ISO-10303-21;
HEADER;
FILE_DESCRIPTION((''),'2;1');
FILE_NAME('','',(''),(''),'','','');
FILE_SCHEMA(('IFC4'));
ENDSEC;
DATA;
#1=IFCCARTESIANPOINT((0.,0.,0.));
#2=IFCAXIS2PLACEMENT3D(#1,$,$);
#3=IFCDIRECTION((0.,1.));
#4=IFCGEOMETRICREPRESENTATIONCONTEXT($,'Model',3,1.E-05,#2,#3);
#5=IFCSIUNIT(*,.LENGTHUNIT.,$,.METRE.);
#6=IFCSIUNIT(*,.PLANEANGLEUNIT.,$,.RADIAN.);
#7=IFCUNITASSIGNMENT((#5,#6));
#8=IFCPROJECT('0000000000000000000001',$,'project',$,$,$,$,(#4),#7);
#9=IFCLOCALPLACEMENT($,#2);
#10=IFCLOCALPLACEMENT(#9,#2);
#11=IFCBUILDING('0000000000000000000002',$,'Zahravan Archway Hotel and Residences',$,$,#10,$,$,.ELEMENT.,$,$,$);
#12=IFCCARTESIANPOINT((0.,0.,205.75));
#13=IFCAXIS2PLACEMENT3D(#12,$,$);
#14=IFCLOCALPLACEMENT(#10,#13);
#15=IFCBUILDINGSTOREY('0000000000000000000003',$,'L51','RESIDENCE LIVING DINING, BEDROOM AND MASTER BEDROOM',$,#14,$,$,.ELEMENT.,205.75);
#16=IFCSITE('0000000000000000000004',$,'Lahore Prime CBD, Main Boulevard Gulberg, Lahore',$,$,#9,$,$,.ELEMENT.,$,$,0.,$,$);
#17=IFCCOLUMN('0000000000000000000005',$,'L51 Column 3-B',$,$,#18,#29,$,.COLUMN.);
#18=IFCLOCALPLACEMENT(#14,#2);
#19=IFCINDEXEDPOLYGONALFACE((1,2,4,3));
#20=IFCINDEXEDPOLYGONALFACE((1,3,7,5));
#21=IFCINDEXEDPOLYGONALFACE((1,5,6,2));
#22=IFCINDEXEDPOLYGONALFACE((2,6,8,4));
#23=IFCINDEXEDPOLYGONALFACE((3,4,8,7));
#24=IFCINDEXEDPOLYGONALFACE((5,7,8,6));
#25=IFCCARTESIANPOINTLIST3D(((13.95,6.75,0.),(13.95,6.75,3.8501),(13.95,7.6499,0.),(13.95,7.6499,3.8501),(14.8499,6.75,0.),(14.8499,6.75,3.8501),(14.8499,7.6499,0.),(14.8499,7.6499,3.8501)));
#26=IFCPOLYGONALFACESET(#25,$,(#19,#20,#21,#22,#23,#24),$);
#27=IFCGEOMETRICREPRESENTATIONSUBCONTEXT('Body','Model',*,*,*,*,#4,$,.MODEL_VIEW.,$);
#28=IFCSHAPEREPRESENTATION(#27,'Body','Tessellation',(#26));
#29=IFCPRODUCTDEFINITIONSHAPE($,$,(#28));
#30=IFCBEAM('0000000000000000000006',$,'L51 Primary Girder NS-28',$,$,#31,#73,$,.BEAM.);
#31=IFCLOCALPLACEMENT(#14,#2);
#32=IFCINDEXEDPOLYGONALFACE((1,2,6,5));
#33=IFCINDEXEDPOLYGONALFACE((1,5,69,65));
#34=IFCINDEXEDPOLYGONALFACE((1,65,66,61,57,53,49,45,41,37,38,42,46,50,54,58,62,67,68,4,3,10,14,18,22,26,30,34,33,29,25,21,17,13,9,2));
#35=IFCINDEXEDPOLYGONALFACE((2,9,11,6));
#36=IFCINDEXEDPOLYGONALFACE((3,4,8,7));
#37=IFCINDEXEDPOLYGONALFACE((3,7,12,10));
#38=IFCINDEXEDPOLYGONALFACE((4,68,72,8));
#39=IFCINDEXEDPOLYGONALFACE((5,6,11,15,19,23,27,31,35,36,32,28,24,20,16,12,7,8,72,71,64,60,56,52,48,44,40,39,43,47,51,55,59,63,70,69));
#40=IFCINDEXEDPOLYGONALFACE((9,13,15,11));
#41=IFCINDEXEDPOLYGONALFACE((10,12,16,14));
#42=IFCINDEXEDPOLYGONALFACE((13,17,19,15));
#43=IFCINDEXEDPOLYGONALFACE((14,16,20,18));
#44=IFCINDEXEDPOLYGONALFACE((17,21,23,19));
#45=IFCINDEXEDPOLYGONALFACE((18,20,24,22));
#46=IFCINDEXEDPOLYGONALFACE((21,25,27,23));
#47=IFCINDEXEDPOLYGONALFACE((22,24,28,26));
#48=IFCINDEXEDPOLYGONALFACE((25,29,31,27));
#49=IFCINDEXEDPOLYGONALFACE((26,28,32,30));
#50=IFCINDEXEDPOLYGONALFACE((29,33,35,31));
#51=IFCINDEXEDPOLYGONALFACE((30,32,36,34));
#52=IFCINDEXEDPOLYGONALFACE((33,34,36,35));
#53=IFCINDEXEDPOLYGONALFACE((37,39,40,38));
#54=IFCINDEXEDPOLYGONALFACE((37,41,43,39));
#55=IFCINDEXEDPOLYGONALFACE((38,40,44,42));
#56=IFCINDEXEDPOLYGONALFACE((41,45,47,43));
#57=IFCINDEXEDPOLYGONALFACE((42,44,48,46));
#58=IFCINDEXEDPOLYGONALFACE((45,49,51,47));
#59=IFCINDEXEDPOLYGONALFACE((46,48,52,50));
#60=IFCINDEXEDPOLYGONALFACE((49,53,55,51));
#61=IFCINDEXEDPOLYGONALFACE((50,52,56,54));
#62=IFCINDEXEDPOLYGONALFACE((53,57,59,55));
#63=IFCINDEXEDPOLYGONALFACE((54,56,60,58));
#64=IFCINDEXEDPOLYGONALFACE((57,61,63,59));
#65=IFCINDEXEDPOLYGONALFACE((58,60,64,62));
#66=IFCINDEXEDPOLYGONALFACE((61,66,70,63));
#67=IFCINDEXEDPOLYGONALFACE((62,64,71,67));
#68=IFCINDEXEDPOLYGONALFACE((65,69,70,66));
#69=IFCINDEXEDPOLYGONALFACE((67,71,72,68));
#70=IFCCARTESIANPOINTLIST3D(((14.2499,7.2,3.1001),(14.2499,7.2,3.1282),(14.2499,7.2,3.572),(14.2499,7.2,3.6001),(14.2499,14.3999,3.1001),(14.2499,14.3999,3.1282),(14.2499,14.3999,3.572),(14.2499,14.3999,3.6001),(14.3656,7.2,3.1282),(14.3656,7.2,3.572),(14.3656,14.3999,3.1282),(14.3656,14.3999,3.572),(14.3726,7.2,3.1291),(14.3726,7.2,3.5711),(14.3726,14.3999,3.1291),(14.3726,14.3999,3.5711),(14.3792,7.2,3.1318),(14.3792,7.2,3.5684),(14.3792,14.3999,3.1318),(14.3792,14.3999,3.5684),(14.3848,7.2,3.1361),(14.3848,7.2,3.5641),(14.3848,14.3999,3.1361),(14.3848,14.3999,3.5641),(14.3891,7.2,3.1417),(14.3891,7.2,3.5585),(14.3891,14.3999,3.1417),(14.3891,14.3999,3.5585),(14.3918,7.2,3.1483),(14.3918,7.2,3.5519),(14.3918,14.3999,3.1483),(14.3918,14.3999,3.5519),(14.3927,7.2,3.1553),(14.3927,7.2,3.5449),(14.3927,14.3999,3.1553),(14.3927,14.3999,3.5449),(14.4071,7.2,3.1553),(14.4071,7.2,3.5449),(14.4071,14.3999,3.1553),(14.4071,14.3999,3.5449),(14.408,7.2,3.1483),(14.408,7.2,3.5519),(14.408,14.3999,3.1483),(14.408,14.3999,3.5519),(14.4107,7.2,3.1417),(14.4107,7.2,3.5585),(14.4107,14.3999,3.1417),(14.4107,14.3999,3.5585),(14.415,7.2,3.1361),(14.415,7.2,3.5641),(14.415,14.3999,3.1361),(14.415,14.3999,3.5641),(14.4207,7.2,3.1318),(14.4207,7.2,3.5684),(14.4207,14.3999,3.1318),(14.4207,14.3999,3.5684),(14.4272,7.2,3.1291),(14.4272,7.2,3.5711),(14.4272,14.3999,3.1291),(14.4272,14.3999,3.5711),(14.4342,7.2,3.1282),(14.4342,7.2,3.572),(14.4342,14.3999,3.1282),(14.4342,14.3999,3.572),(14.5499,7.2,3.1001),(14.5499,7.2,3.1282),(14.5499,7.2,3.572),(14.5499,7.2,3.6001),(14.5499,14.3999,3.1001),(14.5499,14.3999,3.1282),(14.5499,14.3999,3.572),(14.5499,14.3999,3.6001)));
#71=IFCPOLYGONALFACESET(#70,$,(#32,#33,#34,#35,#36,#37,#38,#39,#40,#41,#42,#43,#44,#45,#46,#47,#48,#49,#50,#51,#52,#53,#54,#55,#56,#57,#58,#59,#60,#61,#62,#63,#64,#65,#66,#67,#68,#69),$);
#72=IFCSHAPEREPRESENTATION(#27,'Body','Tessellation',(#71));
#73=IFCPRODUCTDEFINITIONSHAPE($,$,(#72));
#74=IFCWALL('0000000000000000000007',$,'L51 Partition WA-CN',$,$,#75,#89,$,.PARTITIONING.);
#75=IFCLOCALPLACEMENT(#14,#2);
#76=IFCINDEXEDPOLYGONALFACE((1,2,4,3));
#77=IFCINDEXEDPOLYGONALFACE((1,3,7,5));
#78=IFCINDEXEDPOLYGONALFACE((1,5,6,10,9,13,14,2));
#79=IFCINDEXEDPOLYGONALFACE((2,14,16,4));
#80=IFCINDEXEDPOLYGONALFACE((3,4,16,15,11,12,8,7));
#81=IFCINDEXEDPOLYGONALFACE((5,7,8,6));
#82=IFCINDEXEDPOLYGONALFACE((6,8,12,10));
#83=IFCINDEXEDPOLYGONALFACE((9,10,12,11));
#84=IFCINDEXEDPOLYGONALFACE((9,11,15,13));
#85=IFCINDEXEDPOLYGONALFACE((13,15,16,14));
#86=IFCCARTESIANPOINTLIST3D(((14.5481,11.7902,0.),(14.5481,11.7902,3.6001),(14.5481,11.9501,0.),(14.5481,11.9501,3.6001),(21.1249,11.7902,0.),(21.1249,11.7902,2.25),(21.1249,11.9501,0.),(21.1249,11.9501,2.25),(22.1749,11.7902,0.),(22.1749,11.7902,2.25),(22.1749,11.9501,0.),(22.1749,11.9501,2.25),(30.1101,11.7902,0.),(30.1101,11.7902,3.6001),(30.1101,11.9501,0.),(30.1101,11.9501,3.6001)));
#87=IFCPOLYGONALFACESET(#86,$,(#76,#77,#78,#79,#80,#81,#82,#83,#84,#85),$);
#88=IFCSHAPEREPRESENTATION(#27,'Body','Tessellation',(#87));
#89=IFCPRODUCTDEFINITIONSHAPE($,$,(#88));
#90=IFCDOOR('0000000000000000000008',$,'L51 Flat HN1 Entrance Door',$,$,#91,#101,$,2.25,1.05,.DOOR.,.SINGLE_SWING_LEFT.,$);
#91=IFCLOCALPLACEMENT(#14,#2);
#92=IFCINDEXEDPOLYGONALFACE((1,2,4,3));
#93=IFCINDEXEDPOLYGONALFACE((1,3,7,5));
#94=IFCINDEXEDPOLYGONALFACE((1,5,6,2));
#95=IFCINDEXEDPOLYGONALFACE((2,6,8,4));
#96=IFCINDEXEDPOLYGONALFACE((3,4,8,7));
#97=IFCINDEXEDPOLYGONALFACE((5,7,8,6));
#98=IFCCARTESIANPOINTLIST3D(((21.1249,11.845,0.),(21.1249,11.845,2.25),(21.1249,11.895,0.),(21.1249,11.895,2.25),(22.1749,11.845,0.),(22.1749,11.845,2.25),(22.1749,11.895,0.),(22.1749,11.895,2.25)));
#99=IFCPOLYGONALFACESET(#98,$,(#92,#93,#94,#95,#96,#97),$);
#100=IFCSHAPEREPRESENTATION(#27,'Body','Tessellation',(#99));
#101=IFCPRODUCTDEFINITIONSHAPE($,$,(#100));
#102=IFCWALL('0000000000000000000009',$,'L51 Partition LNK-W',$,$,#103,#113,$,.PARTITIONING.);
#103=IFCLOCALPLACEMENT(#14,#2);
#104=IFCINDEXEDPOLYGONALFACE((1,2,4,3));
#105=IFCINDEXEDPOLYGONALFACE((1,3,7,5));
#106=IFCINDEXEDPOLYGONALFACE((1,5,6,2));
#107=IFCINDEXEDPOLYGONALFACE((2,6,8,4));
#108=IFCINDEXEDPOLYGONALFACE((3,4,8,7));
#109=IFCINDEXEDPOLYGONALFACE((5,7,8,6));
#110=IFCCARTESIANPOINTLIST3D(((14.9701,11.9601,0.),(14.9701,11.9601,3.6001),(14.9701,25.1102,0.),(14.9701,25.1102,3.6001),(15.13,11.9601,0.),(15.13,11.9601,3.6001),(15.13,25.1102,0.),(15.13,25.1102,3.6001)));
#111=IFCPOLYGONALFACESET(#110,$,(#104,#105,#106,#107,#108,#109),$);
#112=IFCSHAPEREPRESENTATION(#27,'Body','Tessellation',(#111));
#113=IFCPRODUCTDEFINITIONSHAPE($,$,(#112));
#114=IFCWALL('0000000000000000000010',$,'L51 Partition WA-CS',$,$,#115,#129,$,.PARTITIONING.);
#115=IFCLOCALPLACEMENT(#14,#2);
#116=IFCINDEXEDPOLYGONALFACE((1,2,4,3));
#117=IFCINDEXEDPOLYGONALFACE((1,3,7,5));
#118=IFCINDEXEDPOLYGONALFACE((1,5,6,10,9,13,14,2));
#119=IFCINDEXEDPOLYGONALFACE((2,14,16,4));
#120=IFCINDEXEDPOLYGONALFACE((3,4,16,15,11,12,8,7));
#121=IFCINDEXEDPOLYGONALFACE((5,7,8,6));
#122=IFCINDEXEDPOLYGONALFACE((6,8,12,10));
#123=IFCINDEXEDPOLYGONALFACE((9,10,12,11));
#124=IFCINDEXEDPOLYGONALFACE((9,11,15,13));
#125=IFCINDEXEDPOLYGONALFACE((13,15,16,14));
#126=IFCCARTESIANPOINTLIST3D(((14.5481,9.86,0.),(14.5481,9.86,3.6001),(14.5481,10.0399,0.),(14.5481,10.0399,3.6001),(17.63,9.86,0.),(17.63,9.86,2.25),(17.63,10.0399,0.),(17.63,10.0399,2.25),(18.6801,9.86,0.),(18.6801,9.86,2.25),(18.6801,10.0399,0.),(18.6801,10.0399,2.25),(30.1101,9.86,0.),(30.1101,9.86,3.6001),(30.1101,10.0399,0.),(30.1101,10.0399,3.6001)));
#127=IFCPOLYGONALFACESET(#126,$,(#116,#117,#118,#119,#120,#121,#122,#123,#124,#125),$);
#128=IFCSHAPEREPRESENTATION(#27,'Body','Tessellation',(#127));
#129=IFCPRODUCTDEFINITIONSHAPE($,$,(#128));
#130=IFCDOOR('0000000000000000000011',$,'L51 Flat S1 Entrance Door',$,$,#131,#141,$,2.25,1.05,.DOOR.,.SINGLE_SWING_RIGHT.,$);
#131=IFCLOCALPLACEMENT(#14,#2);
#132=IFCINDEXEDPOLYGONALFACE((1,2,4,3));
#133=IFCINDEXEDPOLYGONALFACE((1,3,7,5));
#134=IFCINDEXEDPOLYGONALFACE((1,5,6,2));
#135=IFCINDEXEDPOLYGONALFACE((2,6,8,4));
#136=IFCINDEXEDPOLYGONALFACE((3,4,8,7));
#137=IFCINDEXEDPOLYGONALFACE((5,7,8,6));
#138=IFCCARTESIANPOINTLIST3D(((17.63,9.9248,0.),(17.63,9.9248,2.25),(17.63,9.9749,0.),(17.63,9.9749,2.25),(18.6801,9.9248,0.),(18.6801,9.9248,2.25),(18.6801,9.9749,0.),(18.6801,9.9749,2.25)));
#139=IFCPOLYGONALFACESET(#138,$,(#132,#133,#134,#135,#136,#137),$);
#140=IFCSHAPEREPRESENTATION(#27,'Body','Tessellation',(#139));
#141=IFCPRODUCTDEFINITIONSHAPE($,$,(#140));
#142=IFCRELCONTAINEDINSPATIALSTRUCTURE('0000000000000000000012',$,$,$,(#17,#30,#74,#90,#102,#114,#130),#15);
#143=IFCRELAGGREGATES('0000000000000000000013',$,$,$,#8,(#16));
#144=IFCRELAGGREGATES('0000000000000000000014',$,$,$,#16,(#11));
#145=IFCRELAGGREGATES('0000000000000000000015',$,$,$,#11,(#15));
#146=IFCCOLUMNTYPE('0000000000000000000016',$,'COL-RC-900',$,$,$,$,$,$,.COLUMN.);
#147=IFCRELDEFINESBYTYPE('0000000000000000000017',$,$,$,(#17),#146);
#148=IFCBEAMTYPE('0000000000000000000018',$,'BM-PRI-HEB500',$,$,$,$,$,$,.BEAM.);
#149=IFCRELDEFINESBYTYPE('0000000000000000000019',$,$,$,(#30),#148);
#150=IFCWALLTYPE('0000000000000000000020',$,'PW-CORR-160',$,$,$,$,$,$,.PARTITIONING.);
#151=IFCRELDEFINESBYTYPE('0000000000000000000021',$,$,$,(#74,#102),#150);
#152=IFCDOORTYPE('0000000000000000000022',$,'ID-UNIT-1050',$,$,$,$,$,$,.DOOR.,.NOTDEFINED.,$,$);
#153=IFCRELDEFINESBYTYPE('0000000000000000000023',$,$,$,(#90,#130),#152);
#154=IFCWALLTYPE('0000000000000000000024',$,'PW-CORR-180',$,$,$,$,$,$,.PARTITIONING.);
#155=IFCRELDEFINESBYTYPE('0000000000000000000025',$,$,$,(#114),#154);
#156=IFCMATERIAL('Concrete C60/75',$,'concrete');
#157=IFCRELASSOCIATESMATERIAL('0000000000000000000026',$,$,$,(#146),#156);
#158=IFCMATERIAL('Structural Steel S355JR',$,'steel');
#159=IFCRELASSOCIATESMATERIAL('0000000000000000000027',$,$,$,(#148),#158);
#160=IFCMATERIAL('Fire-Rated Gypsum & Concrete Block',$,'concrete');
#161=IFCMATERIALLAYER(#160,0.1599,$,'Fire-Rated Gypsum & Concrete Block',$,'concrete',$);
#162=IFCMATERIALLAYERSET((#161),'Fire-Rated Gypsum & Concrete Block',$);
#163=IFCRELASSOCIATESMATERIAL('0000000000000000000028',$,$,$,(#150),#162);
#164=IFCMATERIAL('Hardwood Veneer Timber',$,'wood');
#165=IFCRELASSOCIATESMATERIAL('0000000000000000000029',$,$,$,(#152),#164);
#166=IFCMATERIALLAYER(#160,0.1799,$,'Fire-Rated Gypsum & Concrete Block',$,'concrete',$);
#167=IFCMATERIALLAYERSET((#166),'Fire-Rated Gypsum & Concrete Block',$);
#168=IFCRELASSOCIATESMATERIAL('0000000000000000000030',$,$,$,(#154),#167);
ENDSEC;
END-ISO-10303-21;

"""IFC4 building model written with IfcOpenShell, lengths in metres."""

from ifc_helpers import new_model, si_unit, direction, frame, frame_2d, origin, origin_2d, place, context, subcontext, project, spatial, rectangle, i_section, extrude, source, transform, mapped, material, layer, layer_set, material_profile, profile_set, type_object, type_shapes, element, fill, save


model = new_model("IFC4")

# Units and contexts
model_context = context("Model", 3, precision=1e-05, world=origin(), true_north=direction((0.0, 1.0)))
body_context = subcontext(model_context, "Body", "Model", "MODEL_VIEW")
ifc_project = project(units=[si_unit("LENGTHUNIT", "METRE"), si_unit("PLANEANGLEUNIT", "RADIAN")], contexts=[model_context])

# Site, building, storey
site_placement = place(None, origin())
site = spatial("IfcSite", under=ifc_project, at=site_placement, Name="Lahore Prime CBD, Main Boulevard Gulberg, Lahore", CompositionType="ELEMENT", RefElevation=0.0)
building_placement = place(site_placement, origin())
building = spatial("IfcBuilding", under=site, at=building_placement, Name="Zahravan Archway Hotel and Residences", CompositionType="ELEMENT")
storey_placement = place(building_placement, frame((0.0, 0.0, 205.75)))
storey = spatial("IfcBuildingStorey", under=building, at=storey_placement, Name="L51", Description="RESIDENCE LIVING DINING, BEDROOM AND MASTER BEDROOM", CompositionType="ELEMENT", Elevation=205.75)

# Column
ifc_material_1 = material(Name="Concrete C60/75", Category="concrete")
ifc_material_profile_1 = material_profile(ifc_material_1, rectangle(XDim=0.8999, YDim=0.8999, at=origin_2d()), Name="RC-COL-900x900", Category="concrete")
ifc_profile_set_1 = profile_set([ifc_material_profile_1], Name="Concrete C60/75")
column_type = type_object("IfcColumnType", Name="COL-RC-900", PredefinedType="COLUMN", material=ifc_profile_set_1)
shared_shape_1 = source(origin(), body_context, "Body", "SweptSolid", [
    extrude(rectangle(XDim=0.8999, YDim=0.8999, at=origin_2d()), origin(), (0.0, 0.0, 1.0), 3.8501),
])
type_shapes(column_type, [shared_shape_1])
column_placement = place(storey_placement, frame((14.3999, 7.2, 0.0), z_axis=(0.0, 0.0, 1.0), x_axis=(1.0, 0.0, 0.0)))
element("IfcColumn", 1, at=column_placement, inside=storey, type_object=column_type, Name="L51 Column 3-B", PredefinedType="COLUMN", context=body_context, shape_type="MappedRepresentation", body=[
    mapped(shared_shape_1, transform((0.0, 0.0, 0.0), scale=1.0)),
])

# Beam
ifc_material_2 = material(Name="Structural Steel S355JR", Category="steel")
ifc_material_profile_2 = material_profile(ifc_material_2, i_section(OverallWidth=0.3, OverallDepth=0.5, WebThickness=0.0144, FlangeThickness=0.0281, FilletRadius=0.0271, at=origin_2d()), Name="HEB 500", Category="steel")
ifc_profile_set_2 = profile_set([ifc_material_profile_2], Name="Structural Steel S355JR")
beam_type = type_object("IfcBeamType", Name="BM-PRI-HEB500", PredefinedType="BEAM", material=ifc_profile_set_2)
shared_shape_2 = source(origin(), body_context, "Body", "SweptSolid", [
    extrude(i_section(OverallWidth=0.3, OverallDepth=0.5, WebThickness=0.0144, FlangeThickness=0.0281, FilletRadius=0.0271, at=origin_2d()), origin(), (0.0, 0.0, 1.0), 7.2),
])
beam_placement = place(storey_placement, frame((14.3999, 7.2, 3.3501), z_axis=(0.0, 1.0, 0.0), x_axis=(-1.0, 0.0, 0.0)))
element("IfcBeam", 2, at=beam_placement, inside=storey, type_object=beam_type, Name="L51 Primary Girder NS-28", PredefinedType="BEAM", context=body_context, shape_type="MappedRepresentation", body=[
    mapped(shared_shape_2, transform((0.0, 0.0, 0.0), scale=1.0)),
])

# Wall, opening, door
ifc_material_3 = material(Name="Fire-Rated Gypsum & Concrete Block", Category="concrete")
ifc_layer_1 = layer(ifc_material_3, 0.1599, Name="Fire-Rated Gypsum & Concrete Block", Category="concrete")
ifc_layer_set_1 = layer_set([ifc_layer_1], Name="Fire-Rated Gypsum & Concrete Block")
wall_type_1 = type_object("IfcWallType", Name="PW-CORR-160", PredefinedType="PARTITIONING", material=ifc_layer_set_1)
wall_1_placement = place(storey_placement, frame((14.5481, 11.8701, 0.0), z_axis=(0.0, 0.0, 1.0), x_axis=(1.0, 0.0, 0.0)))
wall_1 = element("IfcWall", 3, at=wall_1_placement, inside=storey, type_object=wall_type_1, Name="L51 Partition WA-CN", PredefinedType="PARTITIONING", context=body_context, shape_type="SweptSolid", body=[
    extrude(rectangle(XDim=15.562, YDim=0.1599, at=frame_2d((7.781, 0.0))), origin(), (0.0, 0.0, 1.0), 3.6001),
])
opening_1_placement = place(wall_1_placement, frame((6.5769, 0.0, 0.0)))
opening_1 = element("IfcOpeningElement", 4, at=opening_1_placement, cuts=wall_1, PredefinedType="OPENING", context=body_context, shape_type="SweptSolid", body=[
    extrude(rectangle(XDim=1.05, YDim=2.25, at=frame_2d((0.5249, 1.125))), frame((0.0, 0.0898, 0.0), z_axis=(0.0, -1.0, 0.0), x_axis=(1.0, 0.0, 0.0)), (0.0, 0.0, 1.0), 0.1799),
])
ifc_material_4 = material(Name="Hardwood Veneer Timber", Category="wood")
door_type_1 = type_object("IfcDoorType", Name="ID-UNIT-1050", OperationType="NOTDEFINED", PredefinedType="DOOR", material=ifc_material_4)
shared_shape_3 = source(origin(), body_context, "Body", "SweptSolid", [
    extrude(rectangle(XDim=1.05, YDim=2.25, at=frame_2d((0.5249, 1.125))), frame((0.0, 0.0249, 0.0), z_axis=(0.0, -1.0, 0.0), x_axis=(1.0, 0.0, 0.0)), (0.0, 0.0, 1.0), 0.05),
])
type_shapes(door_type_1, [shared_shape_3])
door_1_placement = place(opening_1_placement, origin())
door_1 = element("IfcDoor", 5, at=door_1_placement, inside=storey, type_object=door_type_1, Name="L51 Flat HN1 Entrance Door", OperationType="SINGLE_SWING_LEFT", OverallHeight=2.25, OverallWidth=1.05, PredefinedType="DOOR", context=body_context, shape_type="MappedRepresentation", body=[
    mapped(shared_shape_3, transform((0.0, 0.0, 0.0), scale=1.0)),
])
fill(opening_1, door_1)

# Wall
wall_2_placement = place(storey_placement, frame((15.05, 11.96, 0.0), z_axis=(0.0, 0.0, 1.0), x_axis=(0.0, 1.0, 0.0)))
element("IfcWall", 6, at=wall_2_placement, inside=storey, type_object=wall_type_1, Name="L51 Partition LNK-W", PredefinedType="PARTITIONING", context=body_context, shape_type="SweptSolid", body=[
    extrude(rectangle(XDim=13.1501, YDim=0.1599, at=frame_2d((6.5752, 0.0))), origin(), (0.0, 0.0, 1.0), 3.6001),
])

# Wall, opening, door
ifc_layer_2 = layer(ifc_material_3, 0.1799, Name="Fire-Rated Gypsum & Concrete Block", Category="concrete")
ifc_layer_set_2 = layer_set([ifc_layer_2], Name="Fire-Rated Gypsum & Concrete Block")
wall_type_2 = type_object("IfcWallType", Name="PW-CORR-180", PredefinedType="PARTITIONING", material=ifc_layer_set_2)
wall_3_placement = place(storey_placement, frame((14.5481, 9.95, 0.0), z_axis=(0.0, 0.0, 1.0), x_axis=(1.0, 0.0, 0.0)))
wall_3 = element("IfcWall", 7, at=wall_3_placement, inside=storey, type_object=wall_type_2, Name="L51 Partition WA-CS", PredefinedType="PARTITIONING", context=body_context, shape_type="SweptSolid", body=[
    extrude(rectangle(XDim=15.562, YDim=0.1799, at=frame_2d((7.781, 0.0))), origin(), (0.0, 0.0, 1.0), 3.6001),
])
opening_2_placement = place(wall_3_placement, frame((3.082, 0.0, 0.0)))
opening_2 = element("IfcOpeningElement", 8, at=opening_2_placement, cuts=wall_3, PredefinedType="OPENING", context=body_context, shape_type="SweptSolid", body=[
    extrude(rectangle(XDim=1.05, YDim=2.25, at=frame_2d((0.5249, 1.125))), frame((0.0, 0.1001, 0.0), z_axis=(0.0, -1.0, 0.0), x_axis=(1.0, 0.0, 0.0)), (0.0, 0.0, 1.0), 0.2),
])
door_2_placement = place(opening_2_placement, origin())
door_2 = element("IfcDoor", 9, at=door_2_placement, inside=storey, type_object=door_type_1, Name="L51 Flat S1 Entrance Door", OperationType="SINGLE_SWING_RIGHT", OverallHeight=2.25, OverallWidth=1.05, PredefinedType="DOOR", context=body_context, shape_type="MappedRepresentation", body=[
    mapped(shared_shape_3, transform((0.0, 0.0, 0.0), scale=1.0)),
])
fill(opening_2, door_2)

save(model, "model.ifc")
